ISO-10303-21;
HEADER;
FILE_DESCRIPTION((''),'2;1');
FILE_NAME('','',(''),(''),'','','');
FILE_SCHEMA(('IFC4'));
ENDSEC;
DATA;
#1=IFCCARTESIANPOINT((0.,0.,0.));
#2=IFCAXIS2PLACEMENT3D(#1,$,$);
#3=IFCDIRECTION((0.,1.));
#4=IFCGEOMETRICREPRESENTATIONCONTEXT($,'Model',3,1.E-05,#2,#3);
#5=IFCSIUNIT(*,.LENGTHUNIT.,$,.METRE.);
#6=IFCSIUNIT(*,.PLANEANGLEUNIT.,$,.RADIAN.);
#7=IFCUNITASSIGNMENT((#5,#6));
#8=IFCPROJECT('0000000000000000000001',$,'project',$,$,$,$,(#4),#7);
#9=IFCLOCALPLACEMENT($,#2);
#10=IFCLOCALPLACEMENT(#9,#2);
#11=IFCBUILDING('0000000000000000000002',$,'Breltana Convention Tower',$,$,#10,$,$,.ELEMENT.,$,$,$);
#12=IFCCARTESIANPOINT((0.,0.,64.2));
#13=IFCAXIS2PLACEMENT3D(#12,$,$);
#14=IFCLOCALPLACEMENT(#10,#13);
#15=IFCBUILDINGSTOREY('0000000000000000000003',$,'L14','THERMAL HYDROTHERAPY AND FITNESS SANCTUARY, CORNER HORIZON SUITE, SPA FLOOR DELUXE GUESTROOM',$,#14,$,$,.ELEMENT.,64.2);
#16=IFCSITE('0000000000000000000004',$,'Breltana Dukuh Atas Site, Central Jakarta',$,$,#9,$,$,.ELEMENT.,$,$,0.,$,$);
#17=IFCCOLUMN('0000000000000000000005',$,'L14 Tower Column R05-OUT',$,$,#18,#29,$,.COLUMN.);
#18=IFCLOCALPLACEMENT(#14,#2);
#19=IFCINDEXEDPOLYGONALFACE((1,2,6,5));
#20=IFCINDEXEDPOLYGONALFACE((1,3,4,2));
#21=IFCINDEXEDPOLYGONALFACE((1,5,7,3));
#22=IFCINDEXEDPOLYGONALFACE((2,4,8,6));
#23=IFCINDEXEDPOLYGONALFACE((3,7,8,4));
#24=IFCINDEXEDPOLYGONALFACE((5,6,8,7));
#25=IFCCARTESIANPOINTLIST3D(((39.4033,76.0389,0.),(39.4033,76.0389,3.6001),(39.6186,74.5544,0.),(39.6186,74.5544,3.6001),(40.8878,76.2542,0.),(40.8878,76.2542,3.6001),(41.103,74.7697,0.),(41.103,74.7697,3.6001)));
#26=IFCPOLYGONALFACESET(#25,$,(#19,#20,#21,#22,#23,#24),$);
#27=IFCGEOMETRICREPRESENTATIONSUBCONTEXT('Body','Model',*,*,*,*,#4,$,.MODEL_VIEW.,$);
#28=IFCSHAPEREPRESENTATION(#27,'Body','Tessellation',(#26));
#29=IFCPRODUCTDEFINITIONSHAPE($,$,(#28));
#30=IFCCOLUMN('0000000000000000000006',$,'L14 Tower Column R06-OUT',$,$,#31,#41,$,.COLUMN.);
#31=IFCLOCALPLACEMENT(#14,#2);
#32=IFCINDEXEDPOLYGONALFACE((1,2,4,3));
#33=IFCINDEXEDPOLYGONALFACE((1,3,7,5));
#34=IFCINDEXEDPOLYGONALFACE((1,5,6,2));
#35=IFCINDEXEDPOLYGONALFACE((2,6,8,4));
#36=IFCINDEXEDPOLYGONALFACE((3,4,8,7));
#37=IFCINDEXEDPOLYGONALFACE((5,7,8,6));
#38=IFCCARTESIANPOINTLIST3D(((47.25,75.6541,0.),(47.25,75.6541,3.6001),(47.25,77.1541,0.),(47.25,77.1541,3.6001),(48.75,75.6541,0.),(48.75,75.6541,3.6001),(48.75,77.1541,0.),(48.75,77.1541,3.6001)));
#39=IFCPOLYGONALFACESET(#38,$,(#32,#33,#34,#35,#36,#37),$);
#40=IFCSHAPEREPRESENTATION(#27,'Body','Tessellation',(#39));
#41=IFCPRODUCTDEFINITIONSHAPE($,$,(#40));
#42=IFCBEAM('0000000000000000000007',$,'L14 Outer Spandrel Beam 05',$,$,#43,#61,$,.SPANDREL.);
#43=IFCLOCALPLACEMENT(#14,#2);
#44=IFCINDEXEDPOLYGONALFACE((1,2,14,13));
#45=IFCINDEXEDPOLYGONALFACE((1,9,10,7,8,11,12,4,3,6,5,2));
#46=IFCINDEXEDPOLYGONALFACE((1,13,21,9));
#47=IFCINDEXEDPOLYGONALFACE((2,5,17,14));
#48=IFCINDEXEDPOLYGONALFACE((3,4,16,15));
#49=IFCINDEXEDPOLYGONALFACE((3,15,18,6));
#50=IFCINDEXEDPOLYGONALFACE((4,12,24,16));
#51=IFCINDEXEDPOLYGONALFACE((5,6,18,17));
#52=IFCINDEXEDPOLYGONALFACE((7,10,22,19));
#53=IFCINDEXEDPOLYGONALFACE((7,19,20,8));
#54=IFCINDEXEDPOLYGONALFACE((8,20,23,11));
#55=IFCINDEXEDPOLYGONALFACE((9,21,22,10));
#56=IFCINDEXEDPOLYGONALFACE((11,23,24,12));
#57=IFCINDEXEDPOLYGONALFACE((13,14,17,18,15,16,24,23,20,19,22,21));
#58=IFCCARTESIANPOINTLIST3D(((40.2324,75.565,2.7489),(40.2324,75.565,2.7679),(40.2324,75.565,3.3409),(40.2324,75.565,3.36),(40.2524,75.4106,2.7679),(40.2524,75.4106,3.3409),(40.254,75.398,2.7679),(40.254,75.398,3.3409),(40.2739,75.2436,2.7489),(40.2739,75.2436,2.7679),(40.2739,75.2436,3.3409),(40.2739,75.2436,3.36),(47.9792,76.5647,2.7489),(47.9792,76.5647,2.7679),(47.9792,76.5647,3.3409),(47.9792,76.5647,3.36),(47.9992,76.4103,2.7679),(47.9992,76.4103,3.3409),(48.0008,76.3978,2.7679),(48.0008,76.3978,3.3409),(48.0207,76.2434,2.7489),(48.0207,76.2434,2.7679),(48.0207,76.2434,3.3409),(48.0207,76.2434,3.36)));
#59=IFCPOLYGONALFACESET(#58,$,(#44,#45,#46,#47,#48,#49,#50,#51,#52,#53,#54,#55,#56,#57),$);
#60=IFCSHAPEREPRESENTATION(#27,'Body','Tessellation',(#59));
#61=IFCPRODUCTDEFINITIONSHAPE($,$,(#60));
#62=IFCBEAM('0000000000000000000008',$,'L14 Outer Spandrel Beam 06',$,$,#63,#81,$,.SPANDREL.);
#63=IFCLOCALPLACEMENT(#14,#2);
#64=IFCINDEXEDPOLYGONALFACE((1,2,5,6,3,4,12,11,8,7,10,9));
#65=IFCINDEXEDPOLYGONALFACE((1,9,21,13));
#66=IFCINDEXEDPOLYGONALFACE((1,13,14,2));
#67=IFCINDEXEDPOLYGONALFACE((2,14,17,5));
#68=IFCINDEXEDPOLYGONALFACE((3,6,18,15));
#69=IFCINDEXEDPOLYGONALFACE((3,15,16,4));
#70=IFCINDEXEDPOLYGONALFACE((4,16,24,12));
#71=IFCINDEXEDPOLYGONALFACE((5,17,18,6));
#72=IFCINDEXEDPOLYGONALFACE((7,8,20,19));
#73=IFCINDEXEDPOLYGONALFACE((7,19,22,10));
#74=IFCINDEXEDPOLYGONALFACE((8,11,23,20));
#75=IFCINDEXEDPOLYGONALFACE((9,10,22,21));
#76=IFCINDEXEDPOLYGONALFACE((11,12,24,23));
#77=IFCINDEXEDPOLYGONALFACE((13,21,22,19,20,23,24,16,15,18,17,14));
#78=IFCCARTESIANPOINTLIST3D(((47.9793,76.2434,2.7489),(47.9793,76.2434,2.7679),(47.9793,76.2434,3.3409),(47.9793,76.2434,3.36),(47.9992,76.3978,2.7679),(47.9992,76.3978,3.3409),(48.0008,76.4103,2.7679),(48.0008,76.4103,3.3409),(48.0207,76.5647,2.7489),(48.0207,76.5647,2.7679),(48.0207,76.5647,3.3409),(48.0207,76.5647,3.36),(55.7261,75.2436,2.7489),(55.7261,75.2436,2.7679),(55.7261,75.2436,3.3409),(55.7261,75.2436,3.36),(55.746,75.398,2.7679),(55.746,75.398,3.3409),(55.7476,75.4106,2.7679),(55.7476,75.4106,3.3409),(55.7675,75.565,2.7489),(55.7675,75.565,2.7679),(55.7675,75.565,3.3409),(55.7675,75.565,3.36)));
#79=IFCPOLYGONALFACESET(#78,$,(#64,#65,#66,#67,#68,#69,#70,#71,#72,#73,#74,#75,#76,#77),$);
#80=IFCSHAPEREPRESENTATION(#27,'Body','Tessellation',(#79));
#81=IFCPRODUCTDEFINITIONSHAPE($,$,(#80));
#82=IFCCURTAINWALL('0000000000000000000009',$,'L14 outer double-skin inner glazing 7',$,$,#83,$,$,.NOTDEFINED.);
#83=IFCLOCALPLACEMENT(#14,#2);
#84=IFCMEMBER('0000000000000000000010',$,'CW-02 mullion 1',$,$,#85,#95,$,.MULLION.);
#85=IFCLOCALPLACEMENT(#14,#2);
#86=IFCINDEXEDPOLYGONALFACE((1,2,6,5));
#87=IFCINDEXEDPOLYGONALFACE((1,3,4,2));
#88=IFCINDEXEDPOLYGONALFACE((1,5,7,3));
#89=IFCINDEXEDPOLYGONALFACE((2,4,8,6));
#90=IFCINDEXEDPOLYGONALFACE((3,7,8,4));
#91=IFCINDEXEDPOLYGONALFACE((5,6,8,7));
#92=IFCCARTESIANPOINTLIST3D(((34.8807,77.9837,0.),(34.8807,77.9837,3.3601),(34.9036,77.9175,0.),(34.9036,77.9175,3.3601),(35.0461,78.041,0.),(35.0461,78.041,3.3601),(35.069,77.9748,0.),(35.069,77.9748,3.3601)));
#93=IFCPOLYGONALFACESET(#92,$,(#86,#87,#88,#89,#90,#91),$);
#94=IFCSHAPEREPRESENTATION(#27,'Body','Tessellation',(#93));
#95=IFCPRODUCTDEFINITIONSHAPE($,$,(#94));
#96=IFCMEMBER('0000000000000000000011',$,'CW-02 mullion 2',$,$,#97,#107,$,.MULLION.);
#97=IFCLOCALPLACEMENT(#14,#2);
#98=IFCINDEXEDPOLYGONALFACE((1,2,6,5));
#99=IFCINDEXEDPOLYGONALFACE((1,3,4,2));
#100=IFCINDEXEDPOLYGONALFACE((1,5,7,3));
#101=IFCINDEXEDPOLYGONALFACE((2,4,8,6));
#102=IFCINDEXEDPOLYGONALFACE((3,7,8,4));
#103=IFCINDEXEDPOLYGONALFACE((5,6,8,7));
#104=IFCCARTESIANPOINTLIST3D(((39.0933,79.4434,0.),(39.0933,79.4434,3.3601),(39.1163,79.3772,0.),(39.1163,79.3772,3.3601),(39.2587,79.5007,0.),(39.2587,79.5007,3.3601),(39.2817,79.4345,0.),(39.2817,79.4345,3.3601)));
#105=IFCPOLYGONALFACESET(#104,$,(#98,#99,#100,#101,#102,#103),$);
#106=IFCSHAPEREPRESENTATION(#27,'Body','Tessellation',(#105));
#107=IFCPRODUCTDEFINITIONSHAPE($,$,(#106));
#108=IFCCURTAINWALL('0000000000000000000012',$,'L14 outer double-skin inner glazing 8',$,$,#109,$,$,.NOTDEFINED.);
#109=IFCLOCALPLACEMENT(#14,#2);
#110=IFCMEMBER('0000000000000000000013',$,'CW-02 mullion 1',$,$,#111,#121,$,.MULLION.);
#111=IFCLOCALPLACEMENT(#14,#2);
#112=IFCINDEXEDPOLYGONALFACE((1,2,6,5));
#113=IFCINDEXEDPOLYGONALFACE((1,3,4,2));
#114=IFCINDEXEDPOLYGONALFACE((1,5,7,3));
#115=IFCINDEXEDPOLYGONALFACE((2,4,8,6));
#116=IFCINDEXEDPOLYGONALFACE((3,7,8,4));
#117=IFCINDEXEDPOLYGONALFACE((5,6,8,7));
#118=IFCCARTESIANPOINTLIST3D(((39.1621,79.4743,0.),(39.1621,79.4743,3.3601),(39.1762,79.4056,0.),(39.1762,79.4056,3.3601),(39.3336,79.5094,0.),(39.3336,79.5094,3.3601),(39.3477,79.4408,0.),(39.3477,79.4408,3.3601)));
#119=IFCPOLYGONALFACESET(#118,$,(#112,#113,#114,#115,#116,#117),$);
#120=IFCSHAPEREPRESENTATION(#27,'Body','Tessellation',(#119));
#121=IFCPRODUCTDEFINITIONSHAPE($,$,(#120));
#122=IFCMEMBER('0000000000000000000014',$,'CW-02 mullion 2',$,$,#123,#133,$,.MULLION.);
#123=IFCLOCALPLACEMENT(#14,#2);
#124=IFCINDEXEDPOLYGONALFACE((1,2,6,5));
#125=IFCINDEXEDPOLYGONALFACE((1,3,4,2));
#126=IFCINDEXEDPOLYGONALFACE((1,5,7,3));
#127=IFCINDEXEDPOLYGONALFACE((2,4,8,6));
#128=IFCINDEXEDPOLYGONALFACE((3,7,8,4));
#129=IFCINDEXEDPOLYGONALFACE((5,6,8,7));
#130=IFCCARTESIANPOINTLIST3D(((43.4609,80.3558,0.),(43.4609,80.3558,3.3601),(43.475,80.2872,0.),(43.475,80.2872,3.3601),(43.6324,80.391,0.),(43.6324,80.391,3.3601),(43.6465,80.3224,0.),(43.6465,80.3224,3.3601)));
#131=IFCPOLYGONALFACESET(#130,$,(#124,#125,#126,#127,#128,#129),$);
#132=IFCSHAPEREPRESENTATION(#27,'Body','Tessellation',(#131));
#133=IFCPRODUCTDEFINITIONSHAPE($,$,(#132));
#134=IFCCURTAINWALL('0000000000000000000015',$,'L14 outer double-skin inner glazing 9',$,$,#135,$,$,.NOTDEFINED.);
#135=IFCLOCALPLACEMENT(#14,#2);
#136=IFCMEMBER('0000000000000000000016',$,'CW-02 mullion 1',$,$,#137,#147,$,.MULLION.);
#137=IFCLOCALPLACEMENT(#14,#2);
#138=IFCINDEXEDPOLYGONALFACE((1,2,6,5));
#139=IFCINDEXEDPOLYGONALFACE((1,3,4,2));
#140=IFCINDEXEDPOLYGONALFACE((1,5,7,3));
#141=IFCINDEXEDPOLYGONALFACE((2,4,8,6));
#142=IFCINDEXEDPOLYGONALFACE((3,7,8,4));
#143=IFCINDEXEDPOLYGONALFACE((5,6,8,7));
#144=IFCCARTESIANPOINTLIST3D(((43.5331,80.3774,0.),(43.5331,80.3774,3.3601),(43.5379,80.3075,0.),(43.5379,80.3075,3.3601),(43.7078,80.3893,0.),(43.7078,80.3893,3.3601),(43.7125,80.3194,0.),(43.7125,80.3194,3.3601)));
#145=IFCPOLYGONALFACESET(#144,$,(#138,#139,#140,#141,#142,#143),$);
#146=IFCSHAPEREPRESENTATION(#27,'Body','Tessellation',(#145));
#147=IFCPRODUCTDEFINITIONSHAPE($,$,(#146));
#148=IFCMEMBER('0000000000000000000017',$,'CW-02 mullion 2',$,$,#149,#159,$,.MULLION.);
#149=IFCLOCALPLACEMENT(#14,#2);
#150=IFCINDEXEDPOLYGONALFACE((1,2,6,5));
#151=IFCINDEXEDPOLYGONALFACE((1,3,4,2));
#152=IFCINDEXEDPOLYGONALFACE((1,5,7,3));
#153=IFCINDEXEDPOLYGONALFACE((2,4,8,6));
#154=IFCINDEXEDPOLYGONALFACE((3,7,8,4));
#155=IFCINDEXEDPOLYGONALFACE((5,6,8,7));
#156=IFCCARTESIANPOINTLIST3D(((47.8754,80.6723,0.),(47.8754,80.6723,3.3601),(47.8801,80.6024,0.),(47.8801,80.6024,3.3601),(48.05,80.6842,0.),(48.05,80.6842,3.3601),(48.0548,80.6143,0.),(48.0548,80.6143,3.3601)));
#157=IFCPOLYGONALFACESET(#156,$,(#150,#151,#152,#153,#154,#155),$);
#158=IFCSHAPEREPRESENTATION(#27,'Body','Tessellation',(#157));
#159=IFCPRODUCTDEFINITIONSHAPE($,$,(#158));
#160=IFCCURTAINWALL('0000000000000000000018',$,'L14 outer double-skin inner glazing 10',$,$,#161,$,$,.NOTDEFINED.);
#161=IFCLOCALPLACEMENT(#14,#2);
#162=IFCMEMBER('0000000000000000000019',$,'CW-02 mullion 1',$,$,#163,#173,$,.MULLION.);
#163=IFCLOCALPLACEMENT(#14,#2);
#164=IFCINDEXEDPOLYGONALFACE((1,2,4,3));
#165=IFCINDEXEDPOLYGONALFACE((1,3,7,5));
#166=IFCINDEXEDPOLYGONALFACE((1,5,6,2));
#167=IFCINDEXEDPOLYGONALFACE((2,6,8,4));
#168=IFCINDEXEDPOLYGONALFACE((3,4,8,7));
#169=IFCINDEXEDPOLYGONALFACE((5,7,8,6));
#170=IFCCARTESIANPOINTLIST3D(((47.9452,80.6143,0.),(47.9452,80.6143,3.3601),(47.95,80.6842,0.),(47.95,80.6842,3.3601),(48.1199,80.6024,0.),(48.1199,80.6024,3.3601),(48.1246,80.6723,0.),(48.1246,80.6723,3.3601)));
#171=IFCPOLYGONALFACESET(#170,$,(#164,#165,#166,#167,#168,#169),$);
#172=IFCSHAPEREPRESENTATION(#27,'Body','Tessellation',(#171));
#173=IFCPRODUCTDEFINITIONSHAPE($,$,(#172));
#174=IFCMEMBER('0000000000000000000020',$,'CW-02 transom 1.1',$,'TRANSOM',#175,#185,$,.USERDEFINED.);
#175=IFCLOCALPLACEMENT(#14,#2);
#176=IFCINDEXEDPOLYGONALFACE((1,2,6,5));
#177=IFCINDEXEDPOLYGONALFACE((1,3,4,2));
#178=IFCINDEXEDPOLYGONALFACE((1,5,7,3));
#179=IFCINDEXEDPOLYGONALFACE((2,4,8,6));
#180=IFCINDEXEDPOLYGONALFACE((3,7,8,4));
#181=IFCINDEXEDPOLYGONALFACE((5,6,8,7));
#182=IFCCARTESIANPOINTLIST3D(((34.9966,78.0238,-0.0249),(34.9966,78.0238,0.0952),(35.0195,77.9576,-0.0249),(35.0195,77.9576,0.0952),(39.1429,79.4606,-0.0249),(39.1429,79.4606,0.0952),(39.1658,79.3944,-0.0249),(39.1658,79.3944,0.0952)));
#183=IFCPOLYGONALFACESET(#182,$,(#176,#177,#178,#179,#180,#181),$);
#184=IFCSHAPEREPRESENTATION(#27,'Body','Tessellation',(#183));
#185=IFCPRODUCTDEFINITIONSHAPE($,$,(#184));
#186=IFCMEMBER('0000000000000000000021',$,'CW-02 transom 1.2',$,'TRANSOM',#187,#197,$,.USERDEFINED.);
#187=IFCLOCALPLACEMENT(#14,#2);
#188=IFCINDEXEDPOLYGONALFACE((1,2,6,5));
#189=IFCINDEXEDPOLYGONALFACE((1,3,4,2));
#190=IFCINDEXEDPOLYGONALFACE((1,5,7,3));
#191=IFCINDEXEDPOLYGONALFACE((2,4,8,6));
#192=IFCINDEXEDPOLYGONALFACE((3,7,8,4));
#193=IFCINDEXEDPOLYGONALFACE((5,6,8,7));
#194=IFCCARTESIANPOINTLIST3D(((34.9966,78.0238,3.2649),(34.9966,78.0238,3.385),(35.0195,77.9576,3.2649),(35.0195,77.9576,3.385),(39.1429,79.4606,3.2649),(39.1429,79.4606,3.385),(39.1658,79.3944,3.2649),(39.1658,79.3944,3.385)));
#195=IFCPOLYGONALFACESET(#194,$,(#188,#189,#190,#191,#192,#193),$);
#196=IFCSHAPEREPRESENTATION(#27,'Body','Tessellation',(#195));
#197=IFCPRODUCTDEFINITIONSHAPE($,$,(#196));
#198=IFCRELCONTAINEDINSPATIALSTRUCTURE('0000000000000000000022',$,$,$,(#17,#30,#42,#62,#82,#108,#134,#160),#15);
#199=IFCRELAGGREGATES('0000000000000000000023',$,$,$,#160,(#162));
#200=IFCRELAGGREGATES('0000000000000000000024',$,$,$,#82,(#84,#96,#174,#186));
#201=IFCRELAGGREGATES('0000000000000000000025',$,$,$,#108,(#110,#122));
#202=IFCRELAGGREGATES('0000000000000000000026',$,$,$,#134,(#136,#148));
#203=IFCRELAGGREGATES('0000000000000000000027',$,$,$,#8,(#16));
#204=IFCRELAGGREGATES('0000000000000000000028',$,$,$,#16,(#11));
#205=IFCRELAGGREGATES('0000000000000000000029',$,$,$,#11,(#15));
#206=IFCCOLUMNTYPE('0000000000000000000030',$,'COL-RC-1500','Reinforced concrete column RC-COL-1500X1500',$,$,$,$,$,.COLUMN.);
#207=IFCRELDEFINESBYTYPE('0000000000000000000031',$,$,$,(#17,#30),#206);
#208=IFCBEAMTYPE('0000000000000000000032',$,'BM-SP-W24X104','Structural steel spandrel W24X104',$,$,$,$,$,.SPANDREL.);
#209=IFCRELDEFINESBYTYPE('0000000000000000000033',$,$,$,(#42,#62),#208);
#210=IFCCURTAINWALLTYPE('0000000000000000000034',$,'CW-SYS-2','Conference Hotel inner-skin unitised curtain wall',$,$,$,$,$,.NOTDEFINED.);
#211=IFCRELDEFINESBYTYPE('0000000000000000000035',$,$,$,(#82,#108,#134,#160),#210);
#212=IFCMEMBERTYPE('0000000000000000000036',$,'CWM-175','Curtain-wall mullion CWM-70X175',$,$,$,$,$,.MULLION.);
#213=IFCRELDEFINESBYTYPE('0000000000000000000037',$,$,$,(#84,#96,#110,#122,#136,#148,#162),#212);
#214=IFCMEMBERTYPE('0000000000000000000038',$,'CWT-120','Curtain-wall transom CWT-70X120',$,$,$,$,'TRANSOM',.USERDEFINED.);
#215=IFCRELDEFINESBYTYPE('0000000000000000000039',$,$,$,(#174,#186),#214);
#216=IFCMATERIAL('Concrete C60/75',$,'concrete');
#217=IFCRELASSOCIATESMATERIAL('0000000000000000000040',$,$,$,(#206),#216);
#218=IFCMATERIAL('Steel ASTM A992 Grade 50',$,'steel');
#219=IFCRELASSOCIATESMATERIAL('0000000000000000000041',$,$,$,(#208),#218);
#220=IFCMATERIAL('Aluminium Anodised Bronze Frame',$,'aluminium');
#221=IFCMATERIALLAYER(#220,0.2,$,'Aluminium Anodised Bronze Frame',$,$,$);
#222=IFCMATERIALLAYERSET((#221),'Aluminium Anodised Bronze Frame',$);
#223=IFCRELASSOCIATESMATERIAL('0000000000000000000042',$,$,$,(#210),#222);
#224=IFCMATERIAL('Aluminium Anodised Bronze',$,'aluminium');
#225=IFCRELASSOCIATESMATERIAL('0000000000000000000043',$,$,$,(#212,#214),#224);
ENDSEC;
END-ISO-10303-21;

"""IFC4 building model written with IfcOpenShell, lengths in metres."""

from ifc_helpers import new_model, si_unit, direction, frame, origin, origin_2d, place, context, subcontext, project, spatial, rectangle, i_section, extrude, source, transform, mapped, material, layer, layer_set, material_profile, profile_set, type_object, type_shapes, element, aggregate, save


model = new_model("IFC4")

# Units and contexts
model_context = context("Model", 3, precision=1e-05, world=origin(), true_north=direction((0.0, 1.0)))
body_context = subcontext(model_context, "Body", "Model", "MODEL_VIEW")
ifc_project = project(units=[si_unit("LENGTHUNIT", "METRE"), si_unit("PLANEANGLEUNIT", "RADIAN")], contexts=[model_context])

# Site, building, storey
site_placement = place(None, origin())
site = spatial("IfcSite", under=ifc_project, at=site_placement, Name="Breltana Dukuh Atas Site, Central Jakarta", CompositionType="ELEMENT", RefElevation=0.0)
building_placement = place(site_placement, origin())
building = spatial("IfcBuilding", under=site, at=building_placement, Name="Breltana Convention Tower", CompositionType="ELEMENT")
storey_placement = place(building_placement, frame((0.0, 0.0, 64.2)))
storey = spatial("IfcBuildingStorey", under=building, at=storey_placement, Name="L14", Description="THERMAL HYDROTHERAPY AND FITNESS SANCTUARY, CORNER HORIZON SUITE, SPA FLOOR DELUXE GUESTROOM", CompositionType="ELEMENT", Elevation=64.2)

# Columns
ifc_material_1 = material(Name="Concrete C60/75", Category="concrete")
ifc_material_profile_1 = material_profile(ifc_material_1, rectangle(XDim=1.5, YDim=1.5, at=origin_2d()), Name="RC-COL-1500X1500")
ifc_profile_set_1 = profile_set([ifc_material_profile_1], Name="Concrete C60/75")
column_type = type_object("IfcColumnType", Name="COL-RC-1500", Description="Reinforced concrete column RC-COL-1500X1500", PredefinedType="COLUMN", material=ifc_profile_set_1)
shared_shape_1 = source(origin(), body_context, "Body", "SweptSolid", [
    extrude(rectangle(XDim=1.5, YDim=1.5, at=origin_2d()), origin(), (0.0, 0.0, 1.0), 3.6001),
])
for number, where, z_axis, x_axis, name in (
    (1, (40.2532, 75.4043, 0.0), (0.0, 0.0, 1.0), (-0.143493, 0.989651, 0.0), "L14 Tower Column R05-OUT"),
    (2, (48.0, 76.4041, 0.0), (0.0, 0.0, 1.0), (0.0, 1.0, 0.0), "L14 Tower Column R06-OUT"),
):
    element("IfcColumn", number, at=place(storey_placement, frame(where, z_axis=z_axis, x_axis=x_axis)), inside=storey, type_object=column_type, Name=name, PredefinedType="COLUMN", context=body_context, shape_type="MappedRepresentation", body=[
        mapped(shared_shape_1, transform((0.0, 0.0, 0.0), scale=1.0)),
    ])

# Beams
ifc_material_2 = material(Name="Steel ASTM A992 Grade 50", Category="steel")
ifc_material_profile_2 = material_profile(ifc_material_2, i_section(OverallWidth=0.324, OverallDepth=0.6111, WebThickness=0.0127, FlangeThickness=0.019, at=origin_2d()), Name="W24X104")
ifc_profile_set_2 = profile_set([ifc_material_profile_2], Name="Steel ASTM A992 Grade 50")
beam_type = type_object("IfcBeamType", Name="BM-SP-W24X104", Description="Structural steel spandrel W24X104", PredefinedType="SPANDREL", material=ifc_profile_set_2)
shared_shape_2 = source(origin(), body_context, "Body", "SweptSolid", [
    extrude(i_section(OverallWidth=0.324, OverallDepth=0.6111, WebThickness=0.0127, FlangeThickness=0.019, at=origin_2d()), origin(), (0.0, 0.0, 1.0), 7.811),
])
for number, where, z_axis, x_axis, name in (
    (3, (40.2532, 75.4043, 3.0544), (0.991775, 0.127992, 0.0), (-0.127992, 0.991775, 0.0), "L14 Outer Spandrel Beam 05"),
    (4, (48.0, 76.4041, 3.0544), (0.991775, -0.127992, 0.0), (0.127992, 0.991775, 0.0), "L14 Outer Spandrel Beam 06"),
):
    element("IfcBeam", number, at=place(storey_placement, frame(where, z_axis=z_axis, x_axis=x_axis)), inside=storey, type_object=beam_type, Name=name, PredefinedType="SPANDREL", context=body_context, shape_type="MappedRepresentation", body=[
        mapped(shared_shape_2, transform((0.0, 0.0, 0.0), scale=1.0)),
    ])

# Curtain walls, members
ifc_material_3 = material(Name="Aluminium Anodised Bronze Frame", Category="aluminium")
ifc_layer_1 = layer(ifc_material_3, 0.2, Name="Aluminium Anodised Bronze Frame")
ifc_layer_set_1 = layer_set([ifc_layer_1], Name="Aluminium Anodised Bronze Frame")
curtain_wall_type = type_object("IfcCurtainWallType", Name="CW-SYS-2", Description="Conference Hotel inner-skin unitised curtain wall", PredefinedType="NOTDEFINED", material=ifc_layer_set_1)
curtain_wall_1_placement = place(storey_placement, origin())
curtain_wall_1 = element("IfcCurtainWall", 5, at=curtain_wall_1_placement, inside=storey, type_object=curtain_wall_type, Name="L14 outer double-skin inner glazing 7", PredefinedType="NOTDEFINED")
ifc_material_4 = material(Name="Aluminium Anodised Bronze", Category="aluminium")
ifc_material_profile_3 = material_profile(ifc_material_4, rectangle(XDim=0.0701, YDim=0.175, at=origin_2d()), Name="CWM-70X175")
ifc_profile_set_3 = profile_set([ifc_material_profile_3], Name="Aluminium Anodised Bronze")
member_type_1 = type_object("IfcMemberType", Name="CWM-175", Description="Curtain-wall mullion CWM-70X175", PredefinedType="MULLION", material=ifc_profile_set_3)
shared_shape_3 = source(origin(), body_context, "Body", "SweptSolid", [
    extrude(rectangle(XDim=0.0701, YDim=0.175, at=origin_2d()), origin(), (0.0, 0.0, 1.0), 3.3601),
])
type_shapes(member_type_1, [shared_shape_3])
member_1_placement = place(storey_placement, frame((34.9749, 77.9792, 0.0), z_axis=(0.0, 0.0, 1.0), x_axis=(-0.327428, 0.944876, 0.0)))
member_1 = element("IfcMember", 6, at=member_1_placement, type_object=member_type_1, Name="CW-02 mullion 1", PredefinedType="MULLION", context=body_context, shape_type="MappedRepresentation", body=[
    mapped(shared_shape_3, transform((0.0, 0.0, 0.0), scale=1.0)),
])
member_2_placement = place(storey_placement, frame((39.1875, 79.439, 0.0), z_axis=(0.0, 0.0, 1.0), x_axis=(-0.327428, 0.944876, 0.0)))
member_2 = element("IfcMember", 7, at=member_2_placement, type_object=member_type_1, Name="CW-02 mullion 2", PredefinedType="MULLION", context=body_context, shape_type="MappedRepresentation", body=[
    mapped(shared_shape_3, transform((0.0, 0.0, 0.0), scale=1.0)),
])
curtain_wall_2_placement = place(storey_placement, origin())
curtain_wall_2 = element("IfcCurtainWall", 8, at=curtain_wall_2_placement, inside=storey, type_object=curtain_wall_type, Name="L14 outer double-skin inner glazing 8", PredefinedType="NOTDEFINED")
member_3_placement = place(storey_placement, frame((39.2549, 79.4575, 0.0), z_axis=(0.0, 0.0, 1.0), x_axis=(-0.200885, 0.979615, 0.0)))
member_3 = element("IfcMember", 9, at=member_3_placement, type_object=member_type_1, Name="CW-02 mullion 1", PredefinedType="MULLION", context=body_context, shape_type="MappedRepresentation", body=[
    mapped(shared_shape_3, transform((0.0, 0.0, 0.0), scale=1.0)),
])
member_4_placement = place(storey_placement, frame((43.5537, 80.3391, 0.0), z_axis=(0.0, 0.0, 1.0), x_axis=(-0.200885, 0.979615, 0.0)))
member_4 = element("IfcMember", 10, at=member_4_placement, type_object=member_type_1, Name="CW-02 mullion 2", PredefinedType="MULLION", context=body_context, shape_type="MappedRepresentation", body=[
    mapped(shared_shape_3, transform((0.0, 0.0, 0.0), scale=1.0)),
])
curtain_wall_3_placement = place(storey_placement, origin())
curtain_wall_3 = element("IfcCurtainWall", 11, at=curtain_wall_3_placement, inside=storey, type_object=curtain_wall_type, Name="L14 outer double-skin inner glazing 9", PredefinedType="NOTDEFINED")
member_5_placement = place(storey_placement, frame((43.6228, 80.3484, 0.0), z_axis=(0.0, 0.0, 1.0), x_axis=(-0.067726, 0.997704, 0.0)))
member_5 = element("IfcMember", 12, at=member_5_placement, type_object=member_type_1, Name="CW-02 mullion 1", PredefinedType="MULLION", context=body_context, shape_type="MappedRepresentation", body=[
    mapped(shared_shape_3, transform((0.0, 0.0, 0.0), scale=1.0)),
])
member_6_placement = place(storey_placement, frame((47.9651, 80.6433, 0.0), z_axis=(0.0, 0.0, 1.0), x_axis=(-0.067726, 0.997704, 0.0)))
member_6 = element("IfcMember", 13, at=member_6_placement, type_object=member_type_1, Name="CW-02 mullion 2", PredefinedType="MULLION", context=body_context, shape_type="MappedRepresentation", body=[
    mapped(shared_shape_3, transform((0.0, 0.0, 0.0), scale=1.0)),
])

# Curtain wall, member
curtain_wall_4_placement = place(storey_placement, origin())
curtain_wall_4 = element("IfcCurtainWall", 14, at=curtain_wall_4_placement, inside=storey, type_object=curtain_wall_type, Name="L14 outer double-skin inner glazing 10", PredefinedType="NOTDEFINED")
member_7_placement = place(storey_placement, frame((48.0349, 80.6433, 0.0), z_axis=(0.0, 0.0, 1.0), x_axis=(0.067726, 0.997704, 0.0)))
member_7 = element("IfcMember", 15, at=member_7_placement, type_object=member_type_1, Name="CW-02 mullion 1", PredefinedType="MULLION", context=body_context, shape_type="MappedRepresentation", body=[
    mapped(shared_shape_3, transform((0.0, 0.0, 0.0), scale=1.0)),
])
aggregate(curtain_wall_4, [member_7])

# Members
ifc_material_profile_4 = material_profile(ifc_material_4, rectangle(XDim=0.0701, YDim=0.1201, at=origin_2d()), Name="CWT-70X120")
ifc_profile_set_4 = profile_set([ifc_material_profile_4], Name="Aluminium Anodised Bronze")
member_type_2 = type_object("IfcMemberType", Name="CWT-120", Description="Curtain-wall transom CWT-70X120", ElementType="TRANSOM", PredefinedType="USERDEFINED", material=ifc_profile_set_4)
shared_shape_4 = source(origin(), body_context, "Body", "SweptSolid", [
    extrude(rectangle(XDim=0.0701, YDim=0.1201, at=origin_2d()), origin(), (0.0, 0.0, 1.0), 4.3882),
])
member_8_placement = place(storey_placement, frame((35.0081, 77.9907, 0.0352), z_axis=(0.944878, 0.327422, 0.0), x_axis=(-0.327422, 0.944878, 0.0)))
member_8 = element("IfcMember", 16, at=member_8_placement, type_object=member_type_2, Name="CW-02 transom 1.1", ObjectType="TRANSOM", PredefinedType="USERDEFINED", context=body_context, shape_type="MappedRepresentation", body=[
    mapped(shared_shape_4, transform((0.0, 0.0, 0.0), scale=1.0)),
])
member_9_placement = place(storey_placement, frame((35.0081, 77.9907, 3.325), z_axis=(0.944878, 0.327422, 0.0), x_axis=(-0.327422, 0.944878, 0.0)))
member_9 = element("IfcMember", 17, at=member_9_placement, type_object=member_type_2, Name="CW-02 transom 1.2", ObjectType="TRANSOM", PredefinedType="USERDEFINED", context=body_context, shape_type="MappedRepresentation", body=[
    mapped(shared_shape_4, transform((0.0, 0.0, 0.0), scale=1.0)),
])

aggregate(curtain_wall_1, [member_1, member_2, member_8, member_9])
aggregate(curtain_wall_2, [member_3, member_4])
aggregate(curtain_wall_3, [member_5, member_6])

save(model, "model.ifc")
